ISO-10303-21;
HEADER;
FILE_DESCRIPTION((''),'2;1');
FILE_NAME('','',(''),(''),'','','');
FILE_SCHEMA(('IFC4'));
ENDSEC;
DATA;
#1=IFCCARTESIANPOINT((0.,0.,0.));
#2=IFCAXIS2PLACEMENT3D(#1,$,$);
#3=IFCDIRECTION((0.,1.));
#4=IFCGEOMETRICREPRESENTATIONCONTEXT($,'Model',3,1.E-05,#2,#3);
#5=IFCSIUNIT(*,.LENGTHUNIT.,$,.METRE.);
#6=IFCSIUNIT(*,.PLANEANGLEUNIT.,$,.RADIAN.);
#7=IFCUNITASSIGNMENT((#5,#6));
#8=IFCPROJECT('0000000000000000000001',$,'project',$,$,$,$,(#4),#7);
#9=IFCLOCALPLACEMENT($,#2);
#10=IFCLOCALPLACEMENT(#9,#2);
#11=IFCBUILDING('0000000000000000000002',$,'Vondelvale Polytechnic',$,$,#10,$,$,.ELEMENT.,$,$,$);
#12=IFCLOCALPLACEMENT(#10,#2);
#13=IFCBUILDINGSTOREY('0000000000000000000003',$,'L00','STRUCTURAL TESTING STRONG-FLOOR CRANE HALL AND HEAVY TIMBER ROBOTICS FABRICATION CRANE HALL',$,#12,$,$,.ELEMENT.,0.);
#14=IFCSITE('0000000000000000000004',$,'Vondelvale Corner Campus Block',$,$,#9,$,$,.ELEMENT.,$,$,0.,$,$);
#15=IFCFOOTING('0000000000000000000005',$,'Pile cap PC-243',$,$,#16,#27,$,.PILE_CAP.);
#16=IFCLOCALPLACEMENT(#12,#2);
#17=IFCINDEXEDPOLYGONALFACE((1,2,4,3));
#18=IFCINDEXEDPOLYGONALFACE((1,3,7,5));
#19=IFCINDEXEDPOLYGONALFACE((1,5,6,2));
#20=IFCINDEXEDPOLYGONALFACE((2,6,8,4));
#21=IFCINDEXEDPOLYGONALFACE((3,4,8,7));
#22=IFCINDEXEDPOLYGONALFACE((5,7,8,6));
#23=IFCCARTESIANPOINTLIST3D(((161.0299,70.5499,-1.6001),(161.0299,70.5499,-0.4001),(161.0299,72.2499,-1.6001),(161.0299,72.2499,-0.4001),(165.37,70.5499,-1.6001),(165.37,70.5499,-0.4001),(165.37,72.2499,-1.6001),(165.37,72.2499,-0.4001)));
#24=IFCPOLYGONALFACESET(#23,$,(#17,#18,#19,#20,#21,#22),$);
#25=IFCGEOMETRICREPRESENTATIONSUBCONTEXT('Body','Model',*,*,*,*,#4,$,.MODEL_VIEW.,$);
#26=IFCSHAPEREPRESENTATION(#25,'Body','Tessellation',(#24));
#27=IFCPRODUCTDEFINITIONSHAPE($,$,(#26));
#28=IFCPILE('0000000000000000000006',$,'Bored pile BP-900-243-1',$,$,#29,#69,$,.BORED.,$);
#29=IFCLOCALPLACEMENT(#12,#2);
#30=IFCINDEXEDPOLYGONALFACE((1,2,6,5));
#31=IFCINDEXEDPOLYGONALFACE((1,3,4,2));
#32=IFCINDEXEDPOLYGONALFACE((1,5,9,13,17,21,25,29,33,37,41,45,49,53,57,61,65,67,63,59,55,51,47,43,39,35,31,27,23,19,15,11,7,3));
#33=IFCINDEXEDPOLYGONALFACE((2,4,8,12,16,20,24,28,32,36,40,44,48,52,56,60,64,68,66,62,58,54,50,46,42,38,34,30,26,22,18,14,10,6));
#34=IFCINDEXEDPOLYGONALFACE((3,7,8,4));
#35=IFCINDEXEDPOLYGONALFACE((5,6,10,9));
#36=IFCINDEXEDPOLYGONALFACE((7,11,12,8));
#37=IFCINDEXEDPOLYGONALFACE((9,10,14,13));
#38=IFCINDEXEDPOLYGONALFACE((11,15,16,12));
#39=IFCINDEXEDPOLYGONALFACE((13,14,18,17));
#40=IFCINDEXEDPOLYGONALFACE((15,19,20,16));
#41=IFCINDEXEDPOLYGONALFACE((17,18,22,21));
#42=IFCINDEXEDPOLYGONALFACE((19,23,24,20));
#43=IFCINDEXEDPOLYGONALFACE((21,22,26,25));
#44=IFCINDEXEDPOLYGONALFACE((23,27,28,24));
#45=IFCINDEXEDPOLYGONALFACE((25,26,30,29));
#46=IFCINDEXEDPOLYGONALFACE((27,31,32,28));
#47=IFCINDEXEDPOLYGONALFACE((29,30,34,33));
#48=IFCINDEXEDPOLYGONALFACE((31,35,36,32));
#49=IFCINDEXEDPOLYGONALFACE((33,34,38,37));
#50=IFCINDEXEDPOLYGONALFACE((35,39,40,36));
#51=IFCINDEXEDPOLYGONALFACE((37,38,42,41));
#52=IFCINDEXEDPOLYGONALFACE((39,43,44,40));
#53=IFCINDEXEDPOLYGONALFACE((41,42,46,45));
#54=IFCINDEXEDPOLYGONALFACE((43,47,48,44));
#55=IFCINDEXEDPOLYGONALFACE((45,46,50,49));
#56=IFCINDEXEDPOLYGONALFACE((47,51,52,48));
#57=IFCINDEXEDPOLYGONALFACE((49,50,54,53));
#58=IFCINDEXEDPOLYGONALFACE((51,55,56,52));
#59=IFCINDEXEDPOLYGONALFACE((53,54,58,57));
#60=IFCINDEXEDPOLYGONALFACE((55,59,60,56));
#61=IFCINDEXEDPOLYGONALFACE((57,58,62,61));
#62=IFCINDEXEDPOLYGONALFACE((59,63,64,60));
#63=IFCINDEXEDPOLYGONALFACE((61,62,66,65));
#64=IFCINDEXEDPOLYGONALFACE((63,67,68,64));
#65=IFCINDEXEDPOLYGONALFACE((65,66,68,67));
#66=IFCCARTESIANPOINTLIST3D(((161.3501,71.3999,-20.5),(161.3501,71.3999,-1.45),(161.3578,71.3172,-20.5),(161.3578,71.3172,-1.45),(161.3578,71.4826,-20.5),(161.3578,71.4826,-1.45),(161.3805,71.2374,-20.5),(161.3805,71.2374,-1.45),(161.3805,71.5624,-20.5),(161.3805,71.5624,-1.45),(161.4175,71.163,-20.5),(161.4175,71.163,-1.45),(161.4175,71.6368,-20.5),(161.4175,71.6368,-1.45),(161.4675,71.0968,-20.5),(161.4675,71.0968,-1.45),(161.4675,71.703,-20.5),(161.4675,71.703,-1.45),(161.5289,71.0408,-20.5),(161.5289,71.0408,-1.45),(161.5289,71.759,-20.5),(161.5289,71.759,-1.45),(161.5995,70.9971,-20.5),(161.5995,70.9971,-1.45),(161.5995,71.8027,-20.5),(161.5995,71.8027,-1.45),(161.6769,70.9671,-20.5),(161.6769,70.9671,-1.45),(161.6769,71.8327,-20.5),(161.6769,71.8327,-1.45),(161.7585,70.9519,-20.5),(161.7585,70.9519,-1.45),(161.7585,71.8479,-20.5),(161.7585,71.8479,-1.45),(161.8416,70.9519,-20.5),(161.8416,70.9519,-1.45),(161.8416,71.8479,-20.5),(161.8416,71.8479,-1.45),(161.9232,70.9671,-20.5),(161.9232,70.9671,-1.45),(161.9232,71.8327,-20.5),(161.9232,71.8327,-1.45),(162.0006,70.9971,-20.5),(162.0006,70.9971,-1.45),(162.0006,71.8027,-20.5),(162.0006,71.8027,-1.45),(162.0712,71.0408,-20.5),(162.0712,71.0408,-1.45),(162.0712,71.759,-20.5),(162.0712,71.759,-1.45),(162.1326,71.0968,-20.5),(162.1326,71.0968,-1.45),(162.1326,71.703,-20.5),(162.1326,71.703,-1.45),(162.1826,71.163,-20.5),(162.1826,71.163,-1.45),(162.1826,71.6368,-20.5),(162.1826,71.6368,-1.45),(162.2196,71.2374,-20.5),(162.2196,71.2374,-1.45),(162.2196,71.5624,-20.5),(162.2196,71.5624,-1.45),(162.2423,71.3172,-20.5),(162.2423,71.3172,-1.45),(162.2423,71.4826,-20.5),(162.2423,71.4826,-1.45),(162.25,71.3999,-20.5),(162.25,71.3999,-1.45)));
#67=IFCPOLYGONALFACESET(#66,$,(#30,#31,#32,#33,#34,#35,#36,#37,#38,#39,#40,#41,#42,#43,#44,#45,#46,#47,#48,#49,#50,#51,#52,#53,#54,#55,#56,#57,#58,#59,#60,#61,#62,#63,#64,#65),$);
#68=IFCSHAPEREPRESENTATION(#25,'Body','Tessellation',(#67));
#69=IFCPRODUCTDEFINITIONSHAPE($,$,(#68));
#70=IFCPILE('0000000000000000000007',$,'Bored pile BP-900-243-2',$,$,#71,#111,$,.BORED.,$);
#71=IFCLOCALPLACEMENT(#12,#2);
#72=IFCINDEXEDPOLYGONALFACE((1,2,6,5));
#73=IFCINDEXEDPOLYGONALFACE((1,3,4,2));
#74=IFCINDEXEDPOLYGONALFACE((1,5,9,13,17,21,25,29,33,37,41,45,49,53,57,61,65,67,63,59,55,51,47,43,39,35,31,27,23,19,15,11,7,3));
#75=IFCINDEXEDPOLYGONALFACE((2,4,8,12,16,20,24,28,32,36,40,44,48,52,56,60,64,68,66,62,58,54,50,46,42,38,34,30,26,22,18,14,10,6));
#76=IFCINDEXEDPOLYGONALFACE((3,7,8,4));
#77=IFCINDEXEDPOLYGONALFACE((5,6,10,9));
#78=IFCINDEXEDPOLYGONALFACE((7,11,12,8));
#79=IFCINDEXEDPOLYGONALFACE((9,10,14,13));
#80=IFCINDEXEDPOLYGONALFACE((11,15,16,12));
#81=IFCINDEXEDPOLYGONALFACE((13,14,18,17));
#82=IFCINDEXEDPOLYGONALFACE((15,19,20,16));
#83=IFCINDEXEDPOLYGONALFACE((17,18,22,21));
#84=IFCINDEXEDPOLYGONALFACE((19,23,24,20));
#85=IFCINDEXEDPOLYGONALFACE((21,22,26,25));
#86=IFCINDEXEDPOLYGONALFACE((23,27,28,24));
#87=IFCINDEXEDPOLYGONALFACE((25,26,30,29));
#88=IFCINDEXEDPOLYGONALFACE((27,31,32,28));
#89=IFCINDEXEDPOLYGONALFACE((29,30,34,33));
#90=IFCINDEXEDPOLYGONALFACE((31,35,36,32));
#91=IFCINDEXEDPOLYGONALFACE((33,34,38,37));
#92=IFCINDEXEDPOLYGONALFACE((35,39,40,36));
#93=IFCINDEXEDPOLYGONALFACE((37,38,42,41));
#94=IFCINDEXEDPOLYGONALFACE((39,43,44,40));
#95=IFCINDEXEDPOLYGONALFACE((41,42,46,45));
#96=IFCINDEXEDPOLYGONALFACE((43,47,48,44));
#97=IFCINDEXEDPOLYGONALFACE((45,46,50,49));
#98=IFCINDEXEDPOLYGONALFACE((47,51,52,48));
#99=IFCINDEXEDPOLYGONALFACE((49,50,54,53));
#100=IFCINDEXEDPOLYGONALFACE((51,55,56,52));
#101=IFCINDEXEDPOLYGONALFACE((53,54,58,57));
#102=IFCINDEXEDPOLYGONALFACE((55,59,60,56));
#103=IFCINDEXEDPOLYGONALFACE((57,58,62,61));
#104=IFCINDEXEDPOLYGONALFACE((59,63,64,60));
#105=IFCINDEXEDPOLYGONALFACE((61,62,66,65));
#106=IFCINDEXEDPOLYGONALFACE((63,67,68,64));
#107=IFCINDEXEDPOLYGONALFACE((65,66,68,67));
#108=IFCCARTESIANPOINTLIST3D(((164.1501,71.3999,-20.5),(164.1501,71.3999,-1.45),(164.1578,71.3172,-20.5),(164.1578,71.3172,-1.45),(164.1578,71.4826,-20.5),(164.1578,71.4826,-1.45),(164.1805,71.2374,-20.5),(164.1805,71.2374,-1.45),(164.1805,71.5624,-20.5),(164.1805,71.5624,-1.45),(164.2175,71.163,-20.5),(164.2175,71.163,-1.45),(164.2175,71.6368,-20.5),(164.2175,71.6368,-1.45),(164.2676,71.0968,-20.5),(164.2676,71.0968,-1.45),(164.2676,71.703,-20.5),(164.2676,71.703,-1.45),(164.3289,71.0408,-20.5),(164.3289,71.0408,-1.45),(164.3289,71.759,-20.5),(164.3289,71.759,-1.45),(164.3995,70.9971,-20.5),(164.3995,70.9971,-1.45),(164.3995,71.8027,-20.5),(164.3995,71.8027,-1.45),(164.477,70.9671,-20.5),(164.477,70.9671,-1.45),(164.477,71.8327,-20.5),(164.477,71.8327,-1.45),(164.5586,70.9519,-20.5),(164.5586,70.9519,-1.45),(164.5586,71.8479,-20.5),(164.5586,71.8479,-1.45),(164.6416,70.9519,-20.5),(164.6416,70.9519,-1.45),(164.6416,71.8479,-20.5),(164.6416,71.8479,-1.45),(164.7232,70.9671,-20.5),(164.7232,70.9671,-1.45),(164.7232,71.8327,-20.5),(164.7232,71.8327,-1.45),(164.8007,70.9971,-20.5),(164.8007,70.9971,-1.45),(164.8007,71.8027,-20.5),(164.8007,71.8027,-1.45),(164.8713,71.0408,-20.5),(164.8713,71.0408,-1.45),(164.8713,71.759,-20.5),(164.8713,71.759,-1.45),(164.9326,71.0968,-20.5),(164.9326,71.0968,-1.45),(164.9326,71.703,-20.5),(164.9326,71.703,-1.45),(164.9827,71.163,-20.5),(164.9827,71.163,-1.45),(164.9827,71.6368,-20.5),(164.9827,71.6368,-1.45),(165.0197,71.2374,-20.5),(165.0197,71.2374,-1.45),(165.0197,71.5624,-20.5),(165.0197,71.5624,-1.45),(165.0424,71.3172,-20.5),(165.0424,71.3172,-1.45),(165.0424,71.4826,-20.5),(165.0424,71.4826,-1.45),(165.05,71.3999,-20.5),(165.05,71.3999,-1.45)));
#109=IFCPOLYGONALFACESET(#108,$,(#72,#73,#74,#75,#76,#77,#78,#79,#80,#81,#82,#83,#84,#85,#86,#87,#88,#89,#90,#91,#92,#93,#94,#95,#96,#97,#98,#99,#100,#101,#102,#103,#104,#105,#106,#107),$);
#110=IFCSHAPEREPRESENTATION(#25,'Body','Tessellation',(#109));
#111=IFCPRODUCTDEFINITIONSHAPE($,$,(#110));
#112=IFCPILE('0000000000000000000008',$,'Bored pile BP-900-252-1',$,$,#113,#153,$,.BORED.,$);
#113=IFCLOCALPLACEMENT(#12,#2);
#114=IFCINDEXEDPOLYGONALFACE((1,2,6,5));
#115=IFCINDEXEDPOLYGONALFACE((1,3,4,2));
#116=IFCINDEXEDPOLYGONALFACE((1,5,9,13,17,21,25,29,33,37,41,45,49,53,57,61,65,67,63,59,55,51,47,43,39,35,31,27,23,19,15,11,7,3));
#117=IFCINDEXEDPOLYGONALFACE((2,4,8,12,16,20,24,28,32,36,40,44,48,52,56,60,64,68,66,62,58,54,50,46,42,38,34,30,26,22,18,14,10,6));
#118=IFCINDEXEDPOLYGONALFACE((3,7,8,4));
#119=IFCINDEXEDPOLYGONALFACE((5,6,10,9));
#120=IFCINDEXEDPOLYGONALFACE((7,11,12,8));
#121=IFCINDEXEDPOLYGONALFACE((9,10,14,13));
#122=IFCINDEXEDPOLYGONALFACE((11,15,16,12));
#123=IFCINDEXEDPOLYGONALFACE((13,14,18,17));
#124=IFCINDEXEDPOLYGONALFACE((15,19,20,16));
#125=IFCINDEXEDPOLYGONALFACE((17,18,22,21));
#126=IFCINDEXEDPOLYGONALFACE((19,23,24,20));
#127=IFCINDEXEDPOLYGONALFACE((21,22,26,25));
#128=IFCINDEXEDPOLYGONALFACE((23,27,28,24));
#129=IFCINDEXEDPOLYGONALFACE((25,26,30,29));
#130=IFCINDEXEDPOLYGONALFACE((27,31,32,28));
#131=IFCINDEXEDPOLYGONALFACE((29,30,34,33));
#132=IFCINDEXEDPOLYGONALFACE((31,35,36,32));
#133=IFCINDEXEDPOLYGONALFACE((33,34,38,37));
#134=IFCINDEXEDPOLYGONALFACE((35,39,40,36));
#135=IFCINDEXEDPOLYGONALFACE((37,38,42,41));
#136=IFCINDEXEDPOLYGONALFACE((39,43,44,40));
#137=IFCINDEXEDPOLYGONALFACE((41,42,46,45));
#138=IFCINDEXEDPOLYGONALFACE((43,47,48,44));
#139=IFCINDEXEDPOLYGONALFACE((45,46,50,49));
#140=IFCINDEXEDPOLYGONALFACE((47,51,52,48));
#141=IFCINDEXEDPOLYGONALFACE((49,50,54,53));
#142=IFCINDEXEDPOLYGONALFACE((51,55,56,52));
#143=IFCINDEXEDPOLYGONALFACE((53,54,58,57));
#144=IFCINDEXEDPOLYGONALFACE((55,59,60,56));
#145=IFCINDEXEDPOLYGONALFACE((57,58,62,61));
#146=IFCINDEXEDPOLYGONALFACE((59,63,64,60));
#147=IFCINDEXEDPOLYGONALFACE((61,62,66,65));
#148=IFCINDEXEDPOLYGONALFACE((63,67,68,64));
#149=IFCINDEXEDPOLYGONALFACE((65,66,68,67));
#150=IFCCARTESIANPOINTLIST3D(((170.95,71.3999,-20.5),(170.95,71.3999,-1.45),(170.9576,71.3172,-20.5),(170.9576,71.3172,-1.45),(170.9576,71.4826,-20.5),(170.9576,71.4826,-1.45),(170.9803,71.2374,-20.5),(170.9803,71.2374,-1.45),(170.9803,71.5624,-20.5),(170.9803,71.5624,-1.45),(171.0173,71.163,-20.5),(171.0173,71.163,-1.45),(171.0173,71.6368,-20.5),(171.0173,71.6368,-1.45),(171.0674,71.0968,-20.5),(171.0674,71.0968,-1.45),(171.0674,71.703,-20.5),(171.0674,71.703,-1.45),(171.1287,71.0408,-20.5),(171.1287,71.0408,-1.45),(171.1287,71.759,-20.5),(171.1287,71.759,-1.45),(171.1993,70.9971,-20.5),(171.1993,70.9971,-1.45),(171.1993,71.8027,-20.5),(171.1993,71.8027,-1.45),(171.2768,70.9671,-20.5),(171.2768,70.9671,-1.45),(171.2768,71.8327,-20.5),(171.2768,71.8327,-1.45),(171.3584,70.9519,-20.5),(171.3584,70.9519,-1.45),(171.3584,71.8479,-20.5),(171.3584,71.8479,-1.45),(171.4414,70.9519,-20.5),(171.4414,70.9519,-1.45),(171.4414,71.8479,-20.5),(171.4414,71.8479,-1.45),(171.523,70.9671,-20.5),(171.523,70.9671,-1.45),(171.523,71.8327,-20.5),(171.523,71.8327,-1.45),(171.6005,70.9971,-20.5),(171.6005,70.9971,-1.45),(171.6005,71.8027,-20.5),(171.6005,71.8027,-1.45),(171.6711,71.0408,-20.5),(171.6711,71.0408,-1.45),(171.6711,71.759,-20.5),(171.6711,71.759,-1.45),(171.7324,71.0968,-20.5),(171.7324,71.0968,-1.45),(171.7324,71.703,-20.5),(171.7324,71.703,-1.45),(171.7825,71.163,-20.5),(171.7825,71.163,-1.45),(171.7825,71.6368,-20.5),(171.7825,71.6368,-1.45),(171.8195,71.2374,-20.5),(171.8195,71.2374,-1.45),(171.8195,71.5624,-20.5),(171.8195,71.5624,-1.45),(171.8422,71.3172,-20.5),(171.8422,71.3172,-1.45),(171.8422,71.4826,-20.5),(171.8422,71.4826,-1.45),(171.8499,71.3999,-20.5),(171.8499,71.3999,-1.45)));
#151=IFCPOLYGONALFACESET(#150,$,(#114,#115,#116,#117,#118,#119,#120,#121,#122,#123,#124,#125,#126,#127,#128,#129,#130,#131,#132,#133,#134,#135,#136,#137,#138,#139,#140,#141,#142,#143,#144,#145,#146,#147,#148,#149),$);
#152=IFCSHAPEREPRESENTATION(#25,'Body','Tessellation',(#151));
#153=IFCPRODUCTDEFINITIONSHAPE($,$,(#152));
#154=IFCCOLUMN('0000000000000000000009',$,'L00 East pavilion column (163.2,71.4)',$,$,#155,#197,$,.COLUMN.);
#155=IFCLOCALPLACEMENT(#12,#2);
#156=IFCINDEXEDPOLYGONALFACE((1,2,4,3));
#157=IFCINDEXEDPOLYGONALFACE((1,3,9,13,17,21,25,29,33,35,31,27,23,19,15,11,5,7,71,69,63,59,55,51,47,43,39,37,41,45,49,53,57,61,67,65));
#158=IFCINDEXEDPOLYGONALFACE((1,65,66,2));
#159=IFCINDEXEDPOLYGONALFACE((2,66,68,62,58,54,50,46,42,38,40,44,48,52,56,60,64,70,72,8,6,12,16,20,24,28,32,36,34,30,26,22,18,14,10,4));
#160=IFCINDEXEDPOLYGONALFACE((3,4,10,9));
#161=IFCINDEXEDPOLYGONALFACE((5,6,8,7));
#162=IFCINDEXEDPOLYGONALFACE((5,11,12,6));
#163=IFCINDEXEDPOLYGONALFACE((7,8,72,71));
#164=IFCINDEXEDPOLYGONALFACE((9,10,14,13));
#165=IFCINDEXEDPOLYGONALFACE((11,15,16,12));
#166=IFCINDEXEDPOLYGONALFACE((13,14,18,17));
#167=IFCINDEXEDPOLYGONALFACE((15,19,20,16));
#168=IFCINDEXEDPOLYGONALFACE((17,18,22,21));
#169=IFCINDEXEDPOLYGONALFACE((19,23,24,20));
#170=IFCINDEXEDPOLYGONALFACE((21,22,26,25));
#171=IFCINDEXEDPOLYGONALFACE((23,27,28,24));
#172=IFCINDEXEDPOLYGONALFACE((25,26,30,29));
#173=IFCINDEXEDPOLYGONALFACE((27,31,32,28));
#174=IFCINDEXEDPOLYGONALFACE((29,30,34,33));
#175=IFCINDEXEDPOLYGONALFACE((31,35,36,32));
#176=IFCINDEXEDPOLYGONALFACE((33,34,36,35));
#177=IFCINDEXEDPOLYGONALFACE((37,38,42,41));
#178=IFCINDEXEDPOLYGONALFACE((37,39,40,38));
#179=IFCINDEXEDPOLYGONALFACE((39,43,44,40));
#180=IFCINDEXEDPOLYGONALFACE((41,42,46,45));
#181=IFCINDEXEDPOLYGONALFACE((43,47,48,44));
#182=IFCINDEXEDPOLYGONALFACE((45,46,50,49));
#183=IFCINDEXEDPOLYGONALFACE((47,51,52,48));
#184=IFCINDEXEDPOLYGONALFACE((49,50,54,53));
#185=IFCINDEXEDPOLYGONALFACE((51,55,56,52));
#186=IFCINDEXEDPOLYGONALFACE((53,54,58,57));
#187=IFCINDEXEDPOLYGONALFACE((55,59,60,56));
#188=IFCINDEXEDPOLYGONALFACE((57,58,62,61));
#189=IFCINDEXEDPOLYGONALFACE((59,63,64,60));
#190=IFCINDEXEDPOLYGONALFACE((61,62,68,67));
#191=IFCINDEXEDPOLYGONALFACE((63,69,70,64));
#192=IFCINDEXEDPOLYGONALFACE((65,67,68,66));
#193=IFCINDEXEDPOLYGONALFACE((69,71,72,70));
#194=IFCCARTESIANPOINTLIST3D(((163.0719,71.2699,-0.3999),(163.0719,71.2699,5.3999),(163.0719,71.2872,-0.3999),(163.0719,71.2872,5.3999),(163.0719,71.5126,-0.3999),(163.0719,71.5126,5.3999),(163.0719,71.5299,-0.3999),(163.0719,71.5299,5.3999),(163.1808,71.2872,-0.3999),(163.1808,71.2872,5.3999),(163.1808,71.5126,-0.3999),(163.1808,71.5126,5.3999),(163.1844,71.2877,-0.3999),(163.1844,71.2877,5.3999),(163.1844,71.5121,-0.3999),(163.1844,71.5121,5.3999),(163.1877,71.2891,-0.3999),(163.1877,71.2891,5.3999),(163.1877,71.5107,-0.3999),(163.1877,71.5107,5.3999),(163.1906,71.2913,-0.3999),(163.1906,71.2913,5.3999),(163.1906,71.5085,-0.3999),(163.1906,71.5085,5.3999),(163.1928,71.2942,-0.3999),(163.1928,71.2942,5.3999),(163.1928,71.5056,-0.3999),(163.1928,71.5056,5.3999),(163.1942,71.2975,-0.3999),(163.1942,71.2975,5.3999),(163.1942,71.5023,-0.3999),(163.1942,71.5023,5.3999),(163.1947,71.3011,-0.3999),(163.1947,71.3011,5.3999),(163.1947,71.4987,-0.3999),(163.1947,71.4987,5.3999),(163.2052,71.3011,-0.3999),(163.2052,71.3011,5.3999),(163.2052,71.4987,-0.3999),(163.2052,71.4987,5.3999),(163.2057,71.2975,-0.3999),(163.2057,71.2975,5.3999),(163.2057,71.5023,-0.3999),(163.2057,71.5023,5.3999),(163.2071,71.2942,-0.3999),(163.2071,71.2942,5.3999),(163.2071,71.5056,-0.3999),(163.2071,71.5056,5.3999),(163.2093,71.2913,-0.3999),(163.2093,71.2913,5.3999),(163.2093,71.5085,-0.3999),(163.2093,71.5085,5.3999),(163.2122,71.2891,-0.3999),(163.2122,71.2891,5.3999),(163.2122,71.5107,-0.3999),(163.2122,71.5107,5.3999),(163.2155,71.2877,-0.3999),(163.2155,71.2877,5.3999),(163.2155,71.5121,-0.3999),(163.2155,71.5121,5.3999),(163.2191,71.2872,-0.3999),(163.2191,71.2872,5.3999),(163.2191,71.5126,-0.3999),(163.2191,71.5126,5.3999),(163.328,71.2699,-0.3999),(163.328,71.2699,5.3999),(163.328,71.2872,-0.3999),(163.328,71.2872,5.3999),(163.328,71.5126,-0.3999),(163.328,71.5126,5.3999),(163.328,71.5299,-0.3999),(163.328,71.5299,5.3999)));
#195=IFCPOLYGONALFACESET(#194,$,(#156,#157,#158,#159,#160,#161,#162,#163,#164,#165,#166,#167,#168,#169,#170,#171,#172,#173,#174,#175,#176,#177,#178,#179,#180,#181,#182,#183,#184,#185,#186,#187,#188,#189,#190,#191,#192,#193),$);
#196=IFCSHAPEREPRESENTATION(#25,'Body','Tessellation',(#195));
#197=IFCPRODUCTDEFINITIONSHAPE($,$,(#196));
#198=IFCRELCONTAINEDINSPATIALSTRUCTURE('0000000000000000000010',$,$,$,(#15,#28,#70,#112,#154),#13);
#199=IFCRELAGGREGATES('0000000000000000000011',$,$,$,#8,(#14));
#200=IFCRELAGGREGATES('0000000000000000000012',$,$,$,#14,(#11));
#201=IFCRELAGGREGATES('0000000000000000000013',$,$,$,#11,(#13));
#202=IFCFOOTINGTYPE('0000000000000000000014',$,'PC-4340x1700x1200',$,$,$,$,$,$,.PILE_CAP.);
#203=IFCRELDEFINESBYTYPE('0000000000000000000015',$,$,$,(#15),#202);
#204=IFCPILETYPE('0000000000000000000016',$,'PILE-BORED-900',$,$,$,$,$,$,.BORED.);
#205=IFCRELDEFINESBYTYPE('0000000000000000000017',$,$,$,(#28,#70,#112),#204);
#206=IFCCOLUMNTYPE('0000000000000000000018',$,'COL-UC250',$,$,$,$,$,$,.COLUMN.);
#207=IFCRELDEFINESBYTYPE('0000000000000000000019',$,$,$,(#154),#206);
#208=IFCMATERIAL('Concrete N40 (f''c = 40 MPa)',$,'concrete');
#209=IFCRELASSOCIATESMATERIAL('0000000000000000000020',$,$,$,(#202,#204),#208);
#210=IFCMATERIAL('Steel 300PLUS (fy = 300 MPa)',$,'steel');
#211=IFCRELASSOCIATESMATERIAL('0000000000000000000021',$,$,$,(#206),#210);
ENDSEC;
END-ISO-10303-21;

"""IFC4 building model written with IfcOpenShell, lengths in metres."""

from ifc_helpers import new_model, si_unit, direction, frame, origin, origin_2d, place, context, subcontext, project, spatial, rectangle, circle, i_section, extrude, material, material_profile, profile_set, type_object, element, save


model = new_model("IFC4")

# Units and contexts
model_context = context("Model", 3, precision=1e-05, world=origin(), true_north=direction((0.0, 1.0)))
body_context = subcontext(model_context, "Body", "Model", "MODEL_VIEW")
ifc_project = project(units=[si_unit("LENGTHUNIT", "METRE"), si_unit("PLANEANGLEUNIT", "RADIAN")], contexts=[model_context])

# Site, building, storey
site_placement = place(None, origin())
site = spatial("IfcSite", under=ifc_project, at=site_placement, Name="Vondelvale Corner Campus Block", CompositionType="ELEMENT", RefElevation=0.0)
building_placement = place(site_placement, origin())
building = spatial("IfcBuilding", under=site, at=building_placement, Name="Vondelvale Polytechnic", CompositionType="ELEMENT")
storey_placement = place(building_placement, origin())
storey = spatial("IfcBuildingStorey", under=building, at=storey_placement, Name="L00", Description="STRUCTURAL TESTING STRONG-FLOOR CRANE HALL AND HEAVY TIMBER ROBOTICS FABRICATION CRANE HALL", CompositionType="ELEMENT", Elevation=0.0)

# Footing
ifc_material_1 = material(Name="Concrete N40 (f'c = 40 MPa)", Category="concrete")
footing_type = type_object("IfcFootingType", Name="PC-4340x1700x1200", PredefinedType="PILE_CAP", material=ifc_material_1)
footing_placement = place(storey_placement, frame((163.2, 71.3999, -1.6001), z_axis=(0.0, 0.0, 1.0), x_axis=(1.0, 0.0, 0.0)))
element("IfcFooting", 1, at=footing_placement, inside=storey, type_object=footing_type, Name="Pile cap PC-243", PredefinedType="PILE_CAP", context=body_context, shape_type="SweptSolid", body=[
    extrude(rectangle(XDim=4.3401, YDim=1.7, at=origin_2d()), origin(), (0.0, 0.0, 1.0), 1.2),
])

# Piles
ifc_material_profile_1 = material_profile(ifc_material_1, circle(Radius=0.45, at=origin_2d()), Name="PILE-D900")
ifc_profile_set_1 = profile_set([ifc_material_profile_1], Name="Concrete N40 (f'c = 40 MPa)")
pile_type = type_object("IfcPileType", Name="PILE-BORED-900", PredefinedType="BORED", material=ifc_profile_set_1)
for number, where, z_axis, x_axis, name in (
    (2, (161.8, 71.3999, -1.45), (0.0, 0.0, -1.0), (1.0, 0.0, 0.0), "Bored pile BP-900-243-1"),
    (3, (164.6001, 71.3999, -1.45), (0.0, 0.0, -1.0), (1.0, 0.0, 0.0), "Bored pile BP-900-243-2"),
    (4, (171.3999, 71.3999, -1.45), (0.0, 0.0, -1.0), (1.0, 0.0, 0.0), "Bored pile BP-900-252-1"),
):
    element("IfcPile", number, at=place(storey_placement, frame(where, z_axis=z_axis, x_axis=x_axis)), inside=storey, type_object=pile_type, Name=name, PredefinedType="BORED", context=body_context, shape_type="SweptSolid", body=[
        extrude(circle(Radius=0.45, at=origin_2d()), origin(), (0.0, 0.0, 1.0), 19.05),
    ])

# Column
ifc_material_2 = material(Name="Steel 300PLUS (fy = 300 MPa)", Category="steel")
ifc_material_profile_2 = material_profile(ifc_material_2, i_section(OverallWidth=0.2561, OverallDepth=0.26, WebThickness=0.0105, FlangeThickness=0.0173, FilletRadius=0.0139, at=origin_2d()), Name="250UC89.5")
ifc_profile_set_2 = profile_set([ifc_material_profile_2], Name="Steel 300PLUS (fy = 300 MPa)")
column_type = type_object("IfcColumnType", Name="COL-UC250", PredefinedType="COLUMN", material=ifc_profile_set_2)
column_placement = place(storey_placement, frame((163.2, 71.3999, -0.3999), z_axis=(0.0, 0.0, 1.0), x_axis=(1.0, 0.0, 0.0)))
element("IfcColumn", 5, at=column_placement, inside=storey, type_object=column_type, Name="L00 East pavilion column (163.2,71.4)", PredefinedType="COLUMN", context=body_context, shape_type="SweptSolid", body=[
    extrude(i_section(OverallWidth=0.2561, OverallDepth=0.26, WebThickness=0.0105, FlangeThickness=0.0173, FilletRadius=0.0139, at=origin_2d()), origin(), (0.0, 0.0, 1.0), 5.7998),
])

save(model, "model.ifc")
